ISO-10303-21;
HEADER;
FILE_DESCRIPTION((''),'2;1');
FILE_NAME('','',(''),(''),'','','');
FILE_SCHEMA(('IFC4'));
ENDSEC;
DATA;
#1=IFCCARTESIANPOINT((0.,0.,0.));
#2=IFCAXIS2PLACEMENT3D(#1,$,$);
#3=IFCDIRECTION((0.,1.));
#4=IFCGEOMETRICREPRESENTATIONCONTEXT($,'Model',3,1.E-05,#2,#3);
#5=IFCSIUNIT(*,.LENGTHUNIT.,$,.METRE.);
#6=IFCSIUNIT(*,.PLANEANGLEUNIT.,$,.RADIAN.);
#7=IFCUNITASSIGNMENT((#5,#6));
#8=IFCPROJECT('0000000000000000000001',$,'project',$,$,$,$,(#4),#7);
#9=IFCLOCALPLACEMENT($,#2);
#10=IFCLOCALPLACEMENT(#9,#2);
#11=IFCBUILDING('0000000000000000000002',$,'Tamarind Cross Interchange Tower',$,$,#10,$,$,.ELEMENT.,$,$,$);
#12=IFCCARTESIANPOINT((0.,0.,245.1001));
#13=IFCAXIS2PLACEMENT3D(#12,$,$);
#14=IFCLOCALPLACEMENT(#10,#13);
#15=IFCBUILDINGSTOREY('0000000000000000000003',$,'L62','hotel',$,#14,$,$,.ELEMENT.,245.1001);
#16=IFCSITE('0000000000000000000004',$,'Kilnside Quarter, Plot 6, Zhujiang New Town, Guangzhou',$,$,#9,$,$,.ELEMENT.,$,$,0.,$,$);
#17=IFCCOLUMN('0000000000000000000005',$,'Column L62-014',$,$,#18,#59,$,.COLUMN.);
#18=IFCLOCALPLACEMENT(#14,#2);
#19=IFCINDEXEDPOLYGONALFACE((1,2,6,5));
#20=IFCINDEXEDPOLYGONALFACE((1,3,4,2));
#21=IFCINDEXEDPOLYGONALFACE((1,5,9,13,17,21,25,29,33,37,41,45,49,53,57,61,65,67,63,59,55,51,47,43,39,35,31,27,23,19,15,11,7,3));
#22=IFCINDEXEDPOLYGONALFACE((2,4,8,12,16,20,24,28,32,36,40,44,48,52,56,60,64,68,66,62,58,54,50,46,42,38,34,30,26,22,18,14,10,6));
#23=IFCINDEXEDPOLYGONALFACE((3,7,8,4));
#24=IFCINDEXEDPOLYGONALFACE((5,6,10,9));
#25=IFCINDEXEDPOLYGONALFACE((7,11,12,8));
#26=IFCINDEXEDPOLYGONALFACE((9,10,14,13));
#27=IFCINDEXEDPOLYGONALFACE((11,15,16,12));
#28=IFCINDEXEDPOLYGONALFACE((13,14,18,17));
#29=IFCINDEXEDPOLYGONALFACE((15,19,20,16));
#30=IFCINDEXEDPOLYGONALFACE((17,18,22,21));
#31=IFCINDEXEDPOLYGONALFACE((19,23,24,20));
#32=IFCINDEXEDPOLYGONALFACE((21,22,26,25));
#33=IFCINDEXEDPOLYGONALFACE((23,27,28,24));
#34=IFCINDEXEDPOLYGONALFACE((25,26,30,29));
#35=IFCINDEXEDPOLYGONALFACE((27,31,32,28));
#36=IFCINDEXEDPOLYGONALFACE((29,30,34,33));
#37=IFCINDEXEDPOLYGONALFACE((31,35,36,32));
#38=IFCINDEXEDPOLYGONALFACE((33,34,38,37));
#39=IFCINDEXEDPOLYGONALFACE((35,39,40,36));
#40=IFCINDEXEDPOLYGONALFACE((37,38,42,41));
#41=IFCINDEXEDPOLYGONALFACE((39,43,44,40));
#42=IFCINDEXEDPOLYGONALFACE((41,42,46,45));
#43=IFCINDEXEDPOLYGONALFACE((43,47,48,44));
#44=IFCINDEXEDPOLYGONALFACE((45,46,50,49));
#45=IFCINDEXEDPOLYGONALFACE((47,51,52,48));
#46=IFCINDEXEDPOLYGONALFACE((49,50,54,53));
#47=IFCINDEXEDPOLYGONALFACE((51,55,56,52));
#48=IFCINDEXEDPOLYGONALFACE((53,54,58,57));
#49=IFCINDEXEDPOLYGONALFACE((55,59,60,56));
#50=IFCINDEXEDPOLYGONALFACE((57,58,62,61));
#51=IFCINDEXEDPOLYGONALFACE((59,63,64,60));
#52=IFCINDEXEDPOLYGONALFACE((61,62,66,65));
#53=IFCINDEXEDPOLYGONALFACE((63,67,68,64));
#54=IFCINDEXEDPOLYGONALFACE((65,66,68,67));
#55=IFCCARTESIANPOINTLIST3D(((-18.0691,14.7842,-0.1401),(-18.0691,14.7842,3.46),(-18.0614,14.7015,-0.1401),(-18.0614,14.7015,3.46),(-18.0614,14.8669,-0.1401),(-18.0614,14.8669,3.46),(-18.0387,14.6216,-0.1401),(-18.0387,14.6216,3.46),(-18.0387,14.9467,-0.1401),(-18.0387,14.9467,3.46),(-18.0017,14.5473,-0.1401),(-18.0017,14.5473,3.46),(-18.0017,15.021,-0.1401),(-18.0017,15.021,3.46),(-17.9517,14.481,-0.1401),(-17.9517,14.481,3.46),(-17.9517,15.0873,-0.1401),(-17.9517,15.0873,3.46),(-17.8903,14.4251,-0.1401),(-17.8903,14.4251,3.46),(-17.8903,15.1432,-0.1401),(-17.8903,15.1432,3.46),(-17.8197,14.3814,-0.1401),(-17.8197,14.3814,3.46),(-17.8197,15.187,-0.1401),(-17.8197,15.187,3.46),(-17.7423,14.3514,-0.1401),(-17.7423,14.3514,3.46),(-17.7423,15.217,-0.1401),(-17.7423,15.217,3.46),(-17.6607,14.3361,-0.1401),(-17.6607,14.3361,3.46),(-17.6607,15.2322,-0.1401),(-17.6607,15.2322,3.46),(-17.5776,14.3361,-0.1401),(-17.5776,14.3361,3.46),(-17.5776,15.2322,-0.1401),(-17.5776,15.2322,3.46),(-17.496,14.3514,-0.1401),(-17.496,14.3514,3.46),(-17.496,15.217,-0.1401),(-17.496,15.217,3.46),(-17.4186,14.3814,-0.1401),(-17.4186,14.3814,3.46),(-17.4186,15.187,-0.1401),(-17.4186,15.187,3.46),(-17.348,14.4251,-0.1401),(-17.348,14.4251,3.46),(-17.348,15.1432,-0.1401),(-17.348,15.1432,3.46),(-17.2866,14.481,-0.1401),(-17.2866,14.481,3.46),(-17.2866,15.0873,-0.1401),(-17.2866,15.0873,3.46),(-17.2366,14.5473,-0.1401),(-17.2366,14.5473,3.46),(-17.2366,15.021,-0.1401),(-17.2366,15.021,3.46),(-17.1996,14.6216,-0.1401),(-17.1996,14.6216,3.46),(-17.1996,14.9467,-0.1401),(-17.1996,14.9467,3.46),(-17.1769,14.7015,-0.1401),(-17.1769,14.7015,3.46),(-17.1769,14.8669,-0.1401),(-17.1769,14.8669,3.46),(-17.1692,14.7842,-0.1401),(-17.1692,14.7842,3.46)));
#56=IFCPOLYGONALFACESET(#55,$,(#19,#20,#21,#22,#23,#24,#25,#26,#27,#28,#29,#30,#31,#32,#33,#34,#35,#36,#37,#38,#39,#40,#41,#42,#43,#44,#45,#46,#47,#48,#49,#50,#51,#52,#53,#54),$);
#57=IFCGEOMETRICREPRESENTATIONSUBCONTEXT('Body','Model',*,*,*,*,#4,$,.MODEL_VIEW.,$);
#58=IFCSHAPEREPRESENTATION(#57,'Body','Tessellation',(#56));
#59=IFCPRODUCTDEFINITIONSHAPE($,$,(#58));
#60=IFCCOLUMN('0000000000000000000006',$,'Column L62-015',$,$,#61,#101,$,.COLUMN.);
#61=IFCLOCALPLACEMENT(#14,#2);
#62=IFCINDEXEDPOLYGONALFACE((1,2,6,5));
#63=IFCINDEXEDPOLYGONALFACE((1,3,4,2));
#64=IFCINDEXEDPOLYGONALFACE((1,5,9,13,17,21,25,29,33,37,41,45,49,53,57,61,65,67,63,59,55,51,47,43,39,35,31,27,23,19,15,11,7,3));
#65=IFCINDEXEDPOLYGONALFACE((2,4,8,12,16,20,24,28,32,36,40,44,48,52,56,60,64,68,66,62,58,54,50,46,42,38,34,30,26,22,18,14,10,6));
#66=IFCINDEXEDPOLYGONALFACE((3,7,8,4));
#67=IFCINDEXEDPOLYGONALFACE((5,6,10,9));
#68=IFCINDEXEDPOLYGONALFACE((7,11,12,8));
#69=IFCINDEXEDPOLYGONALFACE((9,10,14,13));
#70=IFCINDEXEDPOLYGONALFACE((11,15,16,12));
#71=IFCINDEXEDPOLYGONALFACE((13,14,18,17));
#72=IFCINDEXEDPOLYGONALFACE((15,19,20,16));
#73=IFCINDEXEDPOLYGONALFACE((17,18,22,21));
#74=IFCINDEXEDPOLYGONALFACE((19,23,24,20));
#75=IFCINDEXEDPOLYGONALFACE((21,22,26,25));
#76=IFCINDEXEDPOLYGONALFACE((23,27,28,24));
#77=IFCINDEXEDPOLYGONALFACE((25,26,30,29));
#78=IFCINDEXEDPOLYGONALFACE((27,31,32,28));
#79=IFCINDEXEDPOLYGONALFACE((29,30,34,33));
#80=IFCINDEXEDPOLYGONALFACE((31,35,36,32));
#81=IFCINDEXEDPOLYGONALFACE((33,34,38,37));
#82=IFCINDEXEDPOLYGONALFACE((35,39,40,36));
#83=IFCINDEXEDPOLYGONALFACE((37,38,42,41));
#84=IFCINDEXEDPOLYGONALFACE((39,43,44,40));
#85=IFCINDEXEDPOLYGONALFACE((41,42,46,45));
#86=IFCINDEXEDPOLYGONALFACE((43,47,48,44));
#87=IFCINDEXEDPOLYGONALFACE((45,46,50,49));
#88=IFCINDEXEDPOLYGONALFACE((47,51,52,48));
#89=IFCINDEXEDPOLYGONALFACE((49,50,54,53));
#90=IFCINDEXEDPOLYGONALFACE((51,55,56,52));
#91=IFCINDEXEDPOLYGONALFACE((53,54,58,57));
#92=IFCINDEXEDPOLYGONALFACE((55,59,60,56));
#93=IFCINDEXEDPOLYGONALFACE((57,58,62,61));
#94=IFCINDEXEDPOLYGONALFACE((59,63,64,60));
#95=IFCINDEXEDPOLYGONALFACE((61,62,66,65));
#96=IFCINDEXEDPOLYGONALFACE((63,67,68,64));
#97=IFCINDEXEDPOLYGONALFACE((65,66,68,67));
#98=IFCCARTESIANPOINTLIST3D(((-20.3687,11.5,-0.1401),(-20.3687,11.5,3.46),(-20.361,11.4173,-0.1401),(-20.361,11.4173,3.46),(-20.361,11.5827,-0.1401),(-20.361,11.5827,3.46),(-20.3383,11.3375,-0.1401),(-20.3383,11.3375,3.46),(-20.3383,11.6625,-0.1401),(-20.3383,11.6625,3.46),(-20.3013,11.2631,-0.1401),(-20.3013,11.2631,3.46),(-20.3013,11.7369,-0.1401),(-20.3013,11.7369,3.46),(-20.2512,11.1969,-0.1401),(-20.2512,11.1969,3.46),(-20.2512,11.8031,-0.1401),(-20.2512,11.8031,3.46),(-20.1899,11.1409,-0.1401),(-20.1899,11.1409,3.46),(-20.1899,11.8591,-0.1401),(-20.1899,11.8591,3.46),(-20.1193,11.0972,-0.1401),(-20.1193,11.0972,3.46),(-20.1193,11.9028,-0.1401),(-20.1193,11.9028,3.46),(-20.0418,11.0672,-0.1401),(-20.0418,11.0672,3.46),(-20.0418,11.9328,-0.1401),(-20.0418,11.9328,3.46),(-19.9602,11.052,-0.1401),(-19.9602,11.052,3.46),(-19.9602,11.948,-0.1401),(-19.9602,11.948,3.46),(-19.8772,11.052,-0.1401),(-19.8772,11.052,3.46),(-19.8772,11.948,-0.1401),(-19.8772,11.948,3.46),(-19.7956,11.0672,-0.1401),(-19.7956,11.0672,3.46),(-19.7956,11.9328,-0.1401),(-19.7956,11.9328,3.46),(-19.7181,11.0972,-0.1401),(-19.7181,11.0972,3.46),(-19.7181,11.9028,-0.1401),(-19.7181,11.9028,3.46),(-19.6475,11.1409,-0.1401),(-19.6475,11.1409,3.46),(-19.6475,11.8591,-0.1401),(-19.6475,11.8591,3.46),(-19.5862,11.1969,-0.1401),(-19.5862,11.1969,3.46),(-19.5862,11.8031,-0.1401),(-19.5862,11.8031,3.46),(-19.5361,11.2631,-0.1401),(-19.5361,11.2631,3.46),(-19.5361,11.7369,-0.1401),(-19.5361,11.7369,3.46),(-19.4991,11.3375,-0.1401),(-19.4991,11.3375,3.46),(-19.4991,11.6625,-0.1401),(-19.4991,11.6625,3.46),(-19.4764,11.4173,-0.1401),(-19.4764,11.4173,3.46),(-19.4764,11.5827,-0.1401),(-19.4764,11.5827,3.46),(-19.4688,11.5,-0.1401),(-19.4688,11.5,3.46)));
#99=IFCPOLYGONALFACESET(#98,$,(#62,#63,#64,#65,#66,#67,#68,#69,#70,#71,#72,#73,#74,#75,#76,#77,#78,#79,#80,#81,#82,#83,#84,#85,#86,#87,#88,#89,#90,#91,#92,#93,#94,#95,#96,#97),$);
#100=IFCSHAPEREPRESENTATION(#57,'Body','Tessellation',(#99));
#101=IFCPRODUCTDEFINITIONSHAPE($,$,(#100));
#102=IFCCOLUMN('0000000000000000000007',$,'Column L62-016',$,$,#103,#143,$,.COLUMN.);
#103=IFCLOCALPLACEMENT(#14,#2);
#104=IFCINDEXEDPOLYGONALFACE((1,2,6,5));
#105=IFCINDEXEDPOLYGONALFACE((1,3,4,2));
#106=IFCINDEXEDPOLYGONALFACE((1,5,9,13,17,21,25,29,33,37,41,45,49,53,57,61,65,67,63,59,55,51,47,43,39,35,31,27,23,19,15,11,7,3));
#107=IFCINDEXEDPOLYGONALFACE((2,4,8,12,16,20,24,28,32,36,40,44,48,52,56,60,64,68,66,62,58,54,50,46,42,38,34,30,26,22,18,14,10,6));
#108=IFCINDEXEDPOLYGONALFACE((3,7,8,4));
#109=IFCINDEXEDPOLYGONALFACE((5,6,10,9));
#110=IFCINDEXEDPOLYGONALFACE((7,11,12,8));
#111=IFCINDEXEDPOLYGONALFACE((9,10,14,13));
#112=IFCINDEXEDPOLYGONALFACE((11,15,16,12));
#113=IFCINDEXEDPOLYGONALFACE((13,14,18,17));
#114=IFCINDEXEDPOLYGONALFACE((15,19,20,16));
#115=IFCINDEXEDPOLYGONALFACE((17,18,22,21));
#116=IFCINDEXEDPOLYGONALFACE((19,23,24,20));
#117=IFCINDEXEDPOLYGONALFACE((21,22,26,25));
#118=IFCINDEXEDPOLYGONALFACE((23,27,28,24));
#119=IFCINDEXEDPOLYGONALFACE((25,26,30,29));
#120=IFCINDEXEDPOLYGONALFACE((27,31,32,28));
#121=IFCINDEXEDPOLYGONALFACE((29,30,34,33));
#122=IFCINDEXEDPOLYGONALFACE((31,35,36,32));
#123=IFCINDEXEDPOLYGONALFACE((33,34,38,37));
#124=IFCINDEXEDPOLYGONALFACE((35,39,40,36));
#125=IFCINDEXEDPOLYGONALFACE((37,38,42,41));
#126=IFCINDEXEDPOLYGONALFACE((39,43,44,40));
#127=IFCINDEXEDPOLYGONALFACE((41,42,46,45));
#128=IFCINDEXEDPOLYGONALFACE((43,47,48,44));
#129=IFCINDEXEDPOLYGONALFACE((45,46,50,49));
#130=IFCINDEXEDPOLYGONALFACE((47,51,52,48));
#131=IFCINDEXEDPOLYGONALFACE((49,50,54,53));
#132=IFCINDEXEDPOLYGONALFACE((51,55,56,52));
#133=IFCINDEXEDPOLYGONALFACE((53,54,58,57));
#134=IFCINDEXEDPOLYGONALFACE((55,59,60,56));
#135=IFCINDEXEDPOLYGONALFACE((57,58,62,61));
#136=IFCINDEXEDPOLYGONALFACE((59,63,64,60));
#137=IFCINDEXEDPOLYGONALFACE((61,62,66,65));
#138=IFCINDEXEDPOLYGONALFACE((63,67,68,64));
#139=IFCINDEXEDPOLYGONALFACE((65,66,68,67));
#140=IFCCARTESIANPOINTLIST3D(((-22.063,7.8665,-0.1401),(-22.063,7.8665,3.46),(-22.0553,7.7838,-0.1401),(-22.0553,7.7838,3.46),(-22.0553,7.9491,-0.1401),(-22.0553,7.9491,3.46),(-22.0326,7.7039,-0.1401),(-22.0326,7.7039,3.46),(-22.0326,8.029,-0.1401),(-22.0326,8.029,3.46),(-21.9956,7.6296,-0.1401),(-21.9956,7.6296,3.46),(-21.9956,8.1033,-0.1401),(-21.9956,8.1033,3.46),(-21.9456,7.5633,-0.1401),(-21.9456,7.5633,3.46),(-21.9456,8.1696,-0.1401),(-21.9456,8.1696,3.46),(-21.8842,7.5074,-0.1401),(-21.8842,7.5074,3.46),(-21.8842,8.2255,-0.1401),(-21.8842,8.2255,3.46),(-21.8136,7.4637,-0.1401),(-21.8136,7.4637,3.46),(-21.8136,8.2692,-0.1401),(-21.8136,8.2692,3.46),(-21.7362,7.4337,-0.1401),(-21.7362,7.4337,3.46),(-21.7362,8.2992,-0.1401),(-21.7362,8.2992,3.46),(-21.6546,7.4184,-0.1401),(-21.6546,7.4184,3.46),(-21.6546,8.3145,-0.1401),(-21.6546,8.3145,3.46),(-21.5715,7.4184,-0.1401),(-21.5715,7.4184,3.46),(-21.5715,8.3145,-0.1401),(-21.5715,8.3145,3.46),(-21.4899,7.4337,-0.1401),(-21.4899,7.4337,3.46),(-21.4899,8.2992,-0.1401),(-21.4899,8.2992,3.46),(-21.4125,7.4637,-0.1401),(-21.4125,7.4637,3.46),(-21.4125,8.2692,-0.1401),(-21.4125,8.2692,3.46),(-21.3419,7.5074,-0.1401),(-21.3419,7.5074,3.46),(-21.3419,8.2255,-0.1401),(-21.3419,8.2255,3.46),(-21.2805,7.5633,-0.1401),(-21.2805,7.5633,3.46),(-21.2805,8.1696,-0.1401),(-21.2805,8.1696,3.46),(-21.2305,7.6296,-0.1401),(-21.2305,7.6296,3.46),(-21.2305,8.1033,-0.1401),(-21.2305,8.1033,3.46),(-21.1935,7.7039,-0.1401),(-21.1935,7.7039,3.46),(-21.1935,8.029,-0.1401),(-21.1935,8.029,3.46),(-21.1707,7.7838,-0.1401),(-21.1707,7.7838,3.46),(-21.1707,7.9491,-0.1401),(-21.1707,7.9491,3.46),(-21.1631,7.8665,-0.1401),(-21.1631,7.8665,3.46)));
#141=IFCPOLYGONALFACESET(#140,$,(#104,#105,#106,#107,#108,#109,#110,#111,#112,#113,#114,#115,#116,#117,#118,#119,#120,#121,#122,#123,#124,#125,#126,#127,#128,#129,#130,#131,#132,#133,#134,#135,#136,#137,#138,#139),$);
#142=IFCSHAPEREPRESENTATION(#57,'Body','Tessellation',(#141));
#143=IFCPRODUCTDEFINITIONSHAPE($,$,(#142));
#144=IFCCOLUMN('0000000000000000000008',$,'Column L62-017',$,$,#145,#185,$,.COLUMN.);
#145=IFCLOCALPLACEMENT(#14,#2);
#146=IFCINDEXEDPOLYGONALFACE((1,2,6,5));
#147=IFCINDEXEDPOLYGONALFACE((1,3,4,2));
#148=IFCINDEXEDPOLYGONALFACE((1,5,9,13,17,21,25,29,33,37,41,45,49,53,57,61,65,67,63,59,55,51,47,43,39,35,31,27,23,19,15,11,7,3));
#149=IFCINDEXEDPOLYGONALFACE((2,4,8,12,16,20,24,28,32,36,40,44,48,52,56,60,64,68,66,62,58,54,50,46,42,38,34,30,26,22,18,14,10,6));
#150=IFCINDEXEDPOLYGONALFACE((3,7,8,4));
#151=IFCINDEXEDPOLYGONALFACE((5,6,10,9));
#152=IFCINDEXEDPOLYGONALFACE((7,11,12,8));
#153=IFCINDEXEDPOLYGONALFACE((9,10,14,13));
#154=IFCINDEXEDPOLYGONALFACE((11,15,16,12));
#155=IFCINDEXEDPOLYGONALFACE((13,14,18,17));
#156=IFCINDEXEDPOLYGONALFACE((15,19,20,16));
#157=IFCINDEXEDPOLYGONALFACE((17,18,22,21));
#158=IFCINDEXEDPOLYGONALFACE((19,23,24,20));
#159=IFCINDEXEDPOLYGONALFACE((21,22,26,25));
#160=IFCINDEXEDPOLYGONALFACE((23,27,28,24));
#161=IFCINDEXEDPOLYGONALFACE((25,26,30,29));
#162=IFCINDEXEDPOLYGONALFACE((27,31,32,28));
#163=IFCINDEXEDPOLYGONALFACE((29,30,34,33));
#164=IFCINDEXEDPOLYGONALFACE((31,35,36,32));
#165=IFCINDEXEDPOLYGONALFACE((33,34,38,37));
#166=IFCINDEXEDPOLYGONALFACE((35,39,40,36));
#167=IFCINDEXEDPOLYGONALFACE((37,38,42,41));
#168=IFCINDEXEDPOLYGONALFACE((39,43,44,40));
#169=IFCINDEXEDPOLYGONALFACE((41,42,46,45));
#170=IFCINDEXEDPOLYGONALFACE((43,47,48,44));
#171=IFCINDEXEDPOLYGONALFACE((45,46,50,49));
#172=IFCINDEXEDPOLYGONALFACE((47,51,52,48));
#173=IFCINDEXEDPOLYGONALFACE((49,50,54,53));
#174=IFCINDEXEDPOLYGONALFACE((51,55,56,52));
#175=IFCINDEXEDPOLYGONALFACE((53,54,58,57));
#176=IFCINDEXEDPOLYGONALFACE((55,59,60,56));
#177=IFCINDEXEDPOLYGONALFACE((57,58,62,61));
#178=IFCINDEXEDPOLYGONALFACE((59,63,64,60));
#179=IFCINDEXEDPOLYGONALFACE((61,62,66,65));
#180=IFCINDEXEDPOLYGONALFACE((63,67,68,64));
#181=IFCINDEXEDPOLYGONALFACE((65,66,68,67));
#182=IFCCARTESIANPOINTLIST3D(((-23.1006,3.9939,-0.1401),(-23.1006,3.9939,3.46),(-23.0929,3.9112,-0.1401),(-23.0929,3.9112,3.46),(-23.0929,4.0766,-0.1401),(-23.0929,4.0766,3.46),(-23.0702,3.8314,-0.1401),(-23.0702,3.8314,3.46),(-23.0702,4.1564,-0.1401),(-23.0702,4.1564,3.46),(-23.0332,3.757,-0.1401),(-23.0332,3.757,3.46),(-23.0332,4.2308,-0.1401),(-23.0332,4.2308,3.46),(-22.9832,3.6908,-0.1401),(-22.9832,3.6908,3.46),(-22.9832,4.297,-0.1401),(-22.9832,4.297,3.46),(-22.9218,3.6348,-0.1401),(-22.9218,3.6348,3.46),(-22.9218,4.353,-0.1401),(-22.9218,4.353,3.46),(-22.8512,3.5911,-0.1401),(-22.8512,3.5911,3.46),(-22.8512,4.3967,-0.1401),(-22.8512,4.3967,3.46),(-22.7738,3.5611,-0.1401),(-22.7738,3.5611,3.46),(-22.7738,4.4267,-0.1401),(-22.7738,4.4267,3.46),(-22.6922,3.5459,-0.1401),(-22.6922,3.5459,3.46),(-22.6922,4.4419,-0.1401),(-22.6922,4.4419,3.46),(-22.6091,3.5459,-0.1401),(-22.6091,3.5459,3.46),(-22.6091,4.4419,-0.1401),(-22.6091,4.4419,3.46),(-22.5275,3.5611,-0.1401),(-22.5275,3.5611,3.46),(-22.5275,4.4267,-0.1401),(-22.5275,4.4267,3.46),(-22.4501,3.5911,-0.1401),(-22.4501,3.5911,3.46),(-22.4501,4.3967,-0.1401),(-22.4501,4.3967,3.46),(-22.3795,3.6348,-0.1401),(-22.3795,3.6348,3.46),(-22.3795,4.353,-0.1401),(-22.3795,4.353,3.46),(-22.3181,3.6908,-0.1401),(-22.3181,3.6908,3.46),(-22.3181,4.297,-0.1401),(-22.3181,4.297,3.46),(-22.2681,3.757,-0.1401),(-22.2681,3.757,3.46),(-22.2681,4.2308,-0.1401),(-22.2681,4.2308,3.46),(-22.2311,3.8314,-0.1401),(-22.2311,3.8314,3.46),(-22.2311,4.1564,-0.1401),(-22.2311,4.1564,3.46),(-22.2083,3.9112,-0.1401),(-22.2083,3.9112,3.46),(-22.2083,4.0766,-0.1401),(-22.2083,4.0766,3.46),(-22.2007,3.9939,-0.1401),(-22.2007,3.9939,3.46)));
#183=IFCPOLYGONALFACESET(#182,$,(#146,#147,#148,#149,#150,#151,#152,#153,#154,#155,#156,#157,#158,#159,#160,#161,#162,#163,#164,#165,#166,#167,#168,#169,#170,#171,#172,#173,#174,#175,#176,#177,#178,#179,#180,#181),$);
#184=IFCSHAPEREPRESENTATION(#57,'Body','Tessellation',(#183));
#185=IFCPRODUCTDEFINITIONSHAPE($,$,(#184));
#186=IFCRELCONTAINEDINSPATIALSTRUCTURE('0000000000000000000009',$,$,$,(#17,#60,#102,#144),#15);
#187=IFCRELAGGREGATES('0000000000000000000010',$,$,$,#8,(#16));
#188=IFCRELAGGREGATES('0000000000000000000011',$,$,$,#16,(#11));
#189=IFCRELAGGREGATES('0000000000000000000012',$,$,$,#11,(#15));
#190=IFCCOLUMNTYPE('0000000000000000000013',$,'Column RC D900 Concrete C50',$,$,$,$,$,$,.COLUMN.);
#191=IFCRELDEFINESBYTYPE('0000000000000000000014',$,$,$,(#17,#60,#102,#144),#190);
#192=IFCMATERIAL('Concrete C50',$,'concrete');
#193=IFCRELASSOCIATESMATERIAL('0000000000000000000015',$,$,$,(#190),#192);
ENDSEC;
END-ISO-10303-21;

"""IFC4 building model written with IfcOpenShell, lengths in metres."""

from ifc_helpers import new_model, si_unit, direction, frame, origin, origin_2d, place, context, subcontext, project, spatial, circle, extrude, material, material_profile, profile_set, type_object, element, save


model = new_model("IFC4")

# Units and contexts
model_context = context("Model", 3, precision=1e-05, world=origin(), true_north=direction((0.0, 1.0)))
body_context = subcontext(model_context, "Body", "Model", "MODEL_VIEW")
ifc_project = project(units=[si_unit("LENGTHUNIT", "METRE"), si_unit("PLANEANGLEUNIT", "RADIAN")], contexts=[model_context])

# Site, building, storey
site_placement = place(None, origin())
site = spatial("IfcSite", under=ifc_project, at=site_placement, Name="Kilnside Quarter, Plot 6, Zhujiang New Town, Guangzhou", CompositionType="ELEMENT", RefElevation=0.0)
building_placement = place(site_placement, origin())
building = spatial("IfcBuilding", under=site, at=building_placement, Name="Tamarind Cross Interchange Tower", CompositionType="ELEMENT")
storey_placement = place(building_placement, frame((0.0, 0.0, 245.1001)))
storey = spatial("IfcBuildingStorey", under=building, at=storey_placement, Name="L62", Description="hotel", CompositionType="ELEMENT", Elevation=245.1001)

# Columns
ifc_material_1 = material(Name="Concrete C50", Category="concrete")
ifc_material_profile_1 = material_profile(ifc_material_1, circle(Radius=0.45, at=origin_2d()), Name="RC D900")
ifc_profile_set_1 = profile_set([ifc_material_profile_1], Name="Concrete C50")
column_type = type_object("IfcColumnType", Name="Column RC D900 Concrete C50", PredefinedType="COLUMN", material=ifc_profile_set_1)
for number, where, z_axis, x_axis, name in (
    (1, (-17.6191, 14.7842, -0.1401), (0.0, 0.0, 1.0), (1.0, 0.0, 0.0), "Column L62-014"),
    (2, (-19.9187, 11.5, -0.1401), (0.0, 0.0, 1.0), (1.0, 0.0, 0.0), "Column L62-015"),
    (3, (-21.613, 7.8665, -0.1401), (0.0, 0.0, 1.0), (1.0, 0.0, 0.0), "Column L62-016"),
    (4, (-22.6506, 3.9939, -0.1401), (0.0, 0.0, 1.0), (1.0, 0.0, 0.0), "Column L62-017"),
):
    element("IfcColumn", number, at=place(storey_placement, frame(where, z_axis=z_axis, x_axis=x_axis)), inside=storey, type_object=column_type, Name=name, PredefinedType="COLUMN", context=body_context, shape_type="SweptSolid", body=[
        extrude(circle(Radius=0.45, at=origin_2d()), origin(), (0.0, 0.0, 1.0), 3.6001),
    ])

save(model, "model.ifc")
